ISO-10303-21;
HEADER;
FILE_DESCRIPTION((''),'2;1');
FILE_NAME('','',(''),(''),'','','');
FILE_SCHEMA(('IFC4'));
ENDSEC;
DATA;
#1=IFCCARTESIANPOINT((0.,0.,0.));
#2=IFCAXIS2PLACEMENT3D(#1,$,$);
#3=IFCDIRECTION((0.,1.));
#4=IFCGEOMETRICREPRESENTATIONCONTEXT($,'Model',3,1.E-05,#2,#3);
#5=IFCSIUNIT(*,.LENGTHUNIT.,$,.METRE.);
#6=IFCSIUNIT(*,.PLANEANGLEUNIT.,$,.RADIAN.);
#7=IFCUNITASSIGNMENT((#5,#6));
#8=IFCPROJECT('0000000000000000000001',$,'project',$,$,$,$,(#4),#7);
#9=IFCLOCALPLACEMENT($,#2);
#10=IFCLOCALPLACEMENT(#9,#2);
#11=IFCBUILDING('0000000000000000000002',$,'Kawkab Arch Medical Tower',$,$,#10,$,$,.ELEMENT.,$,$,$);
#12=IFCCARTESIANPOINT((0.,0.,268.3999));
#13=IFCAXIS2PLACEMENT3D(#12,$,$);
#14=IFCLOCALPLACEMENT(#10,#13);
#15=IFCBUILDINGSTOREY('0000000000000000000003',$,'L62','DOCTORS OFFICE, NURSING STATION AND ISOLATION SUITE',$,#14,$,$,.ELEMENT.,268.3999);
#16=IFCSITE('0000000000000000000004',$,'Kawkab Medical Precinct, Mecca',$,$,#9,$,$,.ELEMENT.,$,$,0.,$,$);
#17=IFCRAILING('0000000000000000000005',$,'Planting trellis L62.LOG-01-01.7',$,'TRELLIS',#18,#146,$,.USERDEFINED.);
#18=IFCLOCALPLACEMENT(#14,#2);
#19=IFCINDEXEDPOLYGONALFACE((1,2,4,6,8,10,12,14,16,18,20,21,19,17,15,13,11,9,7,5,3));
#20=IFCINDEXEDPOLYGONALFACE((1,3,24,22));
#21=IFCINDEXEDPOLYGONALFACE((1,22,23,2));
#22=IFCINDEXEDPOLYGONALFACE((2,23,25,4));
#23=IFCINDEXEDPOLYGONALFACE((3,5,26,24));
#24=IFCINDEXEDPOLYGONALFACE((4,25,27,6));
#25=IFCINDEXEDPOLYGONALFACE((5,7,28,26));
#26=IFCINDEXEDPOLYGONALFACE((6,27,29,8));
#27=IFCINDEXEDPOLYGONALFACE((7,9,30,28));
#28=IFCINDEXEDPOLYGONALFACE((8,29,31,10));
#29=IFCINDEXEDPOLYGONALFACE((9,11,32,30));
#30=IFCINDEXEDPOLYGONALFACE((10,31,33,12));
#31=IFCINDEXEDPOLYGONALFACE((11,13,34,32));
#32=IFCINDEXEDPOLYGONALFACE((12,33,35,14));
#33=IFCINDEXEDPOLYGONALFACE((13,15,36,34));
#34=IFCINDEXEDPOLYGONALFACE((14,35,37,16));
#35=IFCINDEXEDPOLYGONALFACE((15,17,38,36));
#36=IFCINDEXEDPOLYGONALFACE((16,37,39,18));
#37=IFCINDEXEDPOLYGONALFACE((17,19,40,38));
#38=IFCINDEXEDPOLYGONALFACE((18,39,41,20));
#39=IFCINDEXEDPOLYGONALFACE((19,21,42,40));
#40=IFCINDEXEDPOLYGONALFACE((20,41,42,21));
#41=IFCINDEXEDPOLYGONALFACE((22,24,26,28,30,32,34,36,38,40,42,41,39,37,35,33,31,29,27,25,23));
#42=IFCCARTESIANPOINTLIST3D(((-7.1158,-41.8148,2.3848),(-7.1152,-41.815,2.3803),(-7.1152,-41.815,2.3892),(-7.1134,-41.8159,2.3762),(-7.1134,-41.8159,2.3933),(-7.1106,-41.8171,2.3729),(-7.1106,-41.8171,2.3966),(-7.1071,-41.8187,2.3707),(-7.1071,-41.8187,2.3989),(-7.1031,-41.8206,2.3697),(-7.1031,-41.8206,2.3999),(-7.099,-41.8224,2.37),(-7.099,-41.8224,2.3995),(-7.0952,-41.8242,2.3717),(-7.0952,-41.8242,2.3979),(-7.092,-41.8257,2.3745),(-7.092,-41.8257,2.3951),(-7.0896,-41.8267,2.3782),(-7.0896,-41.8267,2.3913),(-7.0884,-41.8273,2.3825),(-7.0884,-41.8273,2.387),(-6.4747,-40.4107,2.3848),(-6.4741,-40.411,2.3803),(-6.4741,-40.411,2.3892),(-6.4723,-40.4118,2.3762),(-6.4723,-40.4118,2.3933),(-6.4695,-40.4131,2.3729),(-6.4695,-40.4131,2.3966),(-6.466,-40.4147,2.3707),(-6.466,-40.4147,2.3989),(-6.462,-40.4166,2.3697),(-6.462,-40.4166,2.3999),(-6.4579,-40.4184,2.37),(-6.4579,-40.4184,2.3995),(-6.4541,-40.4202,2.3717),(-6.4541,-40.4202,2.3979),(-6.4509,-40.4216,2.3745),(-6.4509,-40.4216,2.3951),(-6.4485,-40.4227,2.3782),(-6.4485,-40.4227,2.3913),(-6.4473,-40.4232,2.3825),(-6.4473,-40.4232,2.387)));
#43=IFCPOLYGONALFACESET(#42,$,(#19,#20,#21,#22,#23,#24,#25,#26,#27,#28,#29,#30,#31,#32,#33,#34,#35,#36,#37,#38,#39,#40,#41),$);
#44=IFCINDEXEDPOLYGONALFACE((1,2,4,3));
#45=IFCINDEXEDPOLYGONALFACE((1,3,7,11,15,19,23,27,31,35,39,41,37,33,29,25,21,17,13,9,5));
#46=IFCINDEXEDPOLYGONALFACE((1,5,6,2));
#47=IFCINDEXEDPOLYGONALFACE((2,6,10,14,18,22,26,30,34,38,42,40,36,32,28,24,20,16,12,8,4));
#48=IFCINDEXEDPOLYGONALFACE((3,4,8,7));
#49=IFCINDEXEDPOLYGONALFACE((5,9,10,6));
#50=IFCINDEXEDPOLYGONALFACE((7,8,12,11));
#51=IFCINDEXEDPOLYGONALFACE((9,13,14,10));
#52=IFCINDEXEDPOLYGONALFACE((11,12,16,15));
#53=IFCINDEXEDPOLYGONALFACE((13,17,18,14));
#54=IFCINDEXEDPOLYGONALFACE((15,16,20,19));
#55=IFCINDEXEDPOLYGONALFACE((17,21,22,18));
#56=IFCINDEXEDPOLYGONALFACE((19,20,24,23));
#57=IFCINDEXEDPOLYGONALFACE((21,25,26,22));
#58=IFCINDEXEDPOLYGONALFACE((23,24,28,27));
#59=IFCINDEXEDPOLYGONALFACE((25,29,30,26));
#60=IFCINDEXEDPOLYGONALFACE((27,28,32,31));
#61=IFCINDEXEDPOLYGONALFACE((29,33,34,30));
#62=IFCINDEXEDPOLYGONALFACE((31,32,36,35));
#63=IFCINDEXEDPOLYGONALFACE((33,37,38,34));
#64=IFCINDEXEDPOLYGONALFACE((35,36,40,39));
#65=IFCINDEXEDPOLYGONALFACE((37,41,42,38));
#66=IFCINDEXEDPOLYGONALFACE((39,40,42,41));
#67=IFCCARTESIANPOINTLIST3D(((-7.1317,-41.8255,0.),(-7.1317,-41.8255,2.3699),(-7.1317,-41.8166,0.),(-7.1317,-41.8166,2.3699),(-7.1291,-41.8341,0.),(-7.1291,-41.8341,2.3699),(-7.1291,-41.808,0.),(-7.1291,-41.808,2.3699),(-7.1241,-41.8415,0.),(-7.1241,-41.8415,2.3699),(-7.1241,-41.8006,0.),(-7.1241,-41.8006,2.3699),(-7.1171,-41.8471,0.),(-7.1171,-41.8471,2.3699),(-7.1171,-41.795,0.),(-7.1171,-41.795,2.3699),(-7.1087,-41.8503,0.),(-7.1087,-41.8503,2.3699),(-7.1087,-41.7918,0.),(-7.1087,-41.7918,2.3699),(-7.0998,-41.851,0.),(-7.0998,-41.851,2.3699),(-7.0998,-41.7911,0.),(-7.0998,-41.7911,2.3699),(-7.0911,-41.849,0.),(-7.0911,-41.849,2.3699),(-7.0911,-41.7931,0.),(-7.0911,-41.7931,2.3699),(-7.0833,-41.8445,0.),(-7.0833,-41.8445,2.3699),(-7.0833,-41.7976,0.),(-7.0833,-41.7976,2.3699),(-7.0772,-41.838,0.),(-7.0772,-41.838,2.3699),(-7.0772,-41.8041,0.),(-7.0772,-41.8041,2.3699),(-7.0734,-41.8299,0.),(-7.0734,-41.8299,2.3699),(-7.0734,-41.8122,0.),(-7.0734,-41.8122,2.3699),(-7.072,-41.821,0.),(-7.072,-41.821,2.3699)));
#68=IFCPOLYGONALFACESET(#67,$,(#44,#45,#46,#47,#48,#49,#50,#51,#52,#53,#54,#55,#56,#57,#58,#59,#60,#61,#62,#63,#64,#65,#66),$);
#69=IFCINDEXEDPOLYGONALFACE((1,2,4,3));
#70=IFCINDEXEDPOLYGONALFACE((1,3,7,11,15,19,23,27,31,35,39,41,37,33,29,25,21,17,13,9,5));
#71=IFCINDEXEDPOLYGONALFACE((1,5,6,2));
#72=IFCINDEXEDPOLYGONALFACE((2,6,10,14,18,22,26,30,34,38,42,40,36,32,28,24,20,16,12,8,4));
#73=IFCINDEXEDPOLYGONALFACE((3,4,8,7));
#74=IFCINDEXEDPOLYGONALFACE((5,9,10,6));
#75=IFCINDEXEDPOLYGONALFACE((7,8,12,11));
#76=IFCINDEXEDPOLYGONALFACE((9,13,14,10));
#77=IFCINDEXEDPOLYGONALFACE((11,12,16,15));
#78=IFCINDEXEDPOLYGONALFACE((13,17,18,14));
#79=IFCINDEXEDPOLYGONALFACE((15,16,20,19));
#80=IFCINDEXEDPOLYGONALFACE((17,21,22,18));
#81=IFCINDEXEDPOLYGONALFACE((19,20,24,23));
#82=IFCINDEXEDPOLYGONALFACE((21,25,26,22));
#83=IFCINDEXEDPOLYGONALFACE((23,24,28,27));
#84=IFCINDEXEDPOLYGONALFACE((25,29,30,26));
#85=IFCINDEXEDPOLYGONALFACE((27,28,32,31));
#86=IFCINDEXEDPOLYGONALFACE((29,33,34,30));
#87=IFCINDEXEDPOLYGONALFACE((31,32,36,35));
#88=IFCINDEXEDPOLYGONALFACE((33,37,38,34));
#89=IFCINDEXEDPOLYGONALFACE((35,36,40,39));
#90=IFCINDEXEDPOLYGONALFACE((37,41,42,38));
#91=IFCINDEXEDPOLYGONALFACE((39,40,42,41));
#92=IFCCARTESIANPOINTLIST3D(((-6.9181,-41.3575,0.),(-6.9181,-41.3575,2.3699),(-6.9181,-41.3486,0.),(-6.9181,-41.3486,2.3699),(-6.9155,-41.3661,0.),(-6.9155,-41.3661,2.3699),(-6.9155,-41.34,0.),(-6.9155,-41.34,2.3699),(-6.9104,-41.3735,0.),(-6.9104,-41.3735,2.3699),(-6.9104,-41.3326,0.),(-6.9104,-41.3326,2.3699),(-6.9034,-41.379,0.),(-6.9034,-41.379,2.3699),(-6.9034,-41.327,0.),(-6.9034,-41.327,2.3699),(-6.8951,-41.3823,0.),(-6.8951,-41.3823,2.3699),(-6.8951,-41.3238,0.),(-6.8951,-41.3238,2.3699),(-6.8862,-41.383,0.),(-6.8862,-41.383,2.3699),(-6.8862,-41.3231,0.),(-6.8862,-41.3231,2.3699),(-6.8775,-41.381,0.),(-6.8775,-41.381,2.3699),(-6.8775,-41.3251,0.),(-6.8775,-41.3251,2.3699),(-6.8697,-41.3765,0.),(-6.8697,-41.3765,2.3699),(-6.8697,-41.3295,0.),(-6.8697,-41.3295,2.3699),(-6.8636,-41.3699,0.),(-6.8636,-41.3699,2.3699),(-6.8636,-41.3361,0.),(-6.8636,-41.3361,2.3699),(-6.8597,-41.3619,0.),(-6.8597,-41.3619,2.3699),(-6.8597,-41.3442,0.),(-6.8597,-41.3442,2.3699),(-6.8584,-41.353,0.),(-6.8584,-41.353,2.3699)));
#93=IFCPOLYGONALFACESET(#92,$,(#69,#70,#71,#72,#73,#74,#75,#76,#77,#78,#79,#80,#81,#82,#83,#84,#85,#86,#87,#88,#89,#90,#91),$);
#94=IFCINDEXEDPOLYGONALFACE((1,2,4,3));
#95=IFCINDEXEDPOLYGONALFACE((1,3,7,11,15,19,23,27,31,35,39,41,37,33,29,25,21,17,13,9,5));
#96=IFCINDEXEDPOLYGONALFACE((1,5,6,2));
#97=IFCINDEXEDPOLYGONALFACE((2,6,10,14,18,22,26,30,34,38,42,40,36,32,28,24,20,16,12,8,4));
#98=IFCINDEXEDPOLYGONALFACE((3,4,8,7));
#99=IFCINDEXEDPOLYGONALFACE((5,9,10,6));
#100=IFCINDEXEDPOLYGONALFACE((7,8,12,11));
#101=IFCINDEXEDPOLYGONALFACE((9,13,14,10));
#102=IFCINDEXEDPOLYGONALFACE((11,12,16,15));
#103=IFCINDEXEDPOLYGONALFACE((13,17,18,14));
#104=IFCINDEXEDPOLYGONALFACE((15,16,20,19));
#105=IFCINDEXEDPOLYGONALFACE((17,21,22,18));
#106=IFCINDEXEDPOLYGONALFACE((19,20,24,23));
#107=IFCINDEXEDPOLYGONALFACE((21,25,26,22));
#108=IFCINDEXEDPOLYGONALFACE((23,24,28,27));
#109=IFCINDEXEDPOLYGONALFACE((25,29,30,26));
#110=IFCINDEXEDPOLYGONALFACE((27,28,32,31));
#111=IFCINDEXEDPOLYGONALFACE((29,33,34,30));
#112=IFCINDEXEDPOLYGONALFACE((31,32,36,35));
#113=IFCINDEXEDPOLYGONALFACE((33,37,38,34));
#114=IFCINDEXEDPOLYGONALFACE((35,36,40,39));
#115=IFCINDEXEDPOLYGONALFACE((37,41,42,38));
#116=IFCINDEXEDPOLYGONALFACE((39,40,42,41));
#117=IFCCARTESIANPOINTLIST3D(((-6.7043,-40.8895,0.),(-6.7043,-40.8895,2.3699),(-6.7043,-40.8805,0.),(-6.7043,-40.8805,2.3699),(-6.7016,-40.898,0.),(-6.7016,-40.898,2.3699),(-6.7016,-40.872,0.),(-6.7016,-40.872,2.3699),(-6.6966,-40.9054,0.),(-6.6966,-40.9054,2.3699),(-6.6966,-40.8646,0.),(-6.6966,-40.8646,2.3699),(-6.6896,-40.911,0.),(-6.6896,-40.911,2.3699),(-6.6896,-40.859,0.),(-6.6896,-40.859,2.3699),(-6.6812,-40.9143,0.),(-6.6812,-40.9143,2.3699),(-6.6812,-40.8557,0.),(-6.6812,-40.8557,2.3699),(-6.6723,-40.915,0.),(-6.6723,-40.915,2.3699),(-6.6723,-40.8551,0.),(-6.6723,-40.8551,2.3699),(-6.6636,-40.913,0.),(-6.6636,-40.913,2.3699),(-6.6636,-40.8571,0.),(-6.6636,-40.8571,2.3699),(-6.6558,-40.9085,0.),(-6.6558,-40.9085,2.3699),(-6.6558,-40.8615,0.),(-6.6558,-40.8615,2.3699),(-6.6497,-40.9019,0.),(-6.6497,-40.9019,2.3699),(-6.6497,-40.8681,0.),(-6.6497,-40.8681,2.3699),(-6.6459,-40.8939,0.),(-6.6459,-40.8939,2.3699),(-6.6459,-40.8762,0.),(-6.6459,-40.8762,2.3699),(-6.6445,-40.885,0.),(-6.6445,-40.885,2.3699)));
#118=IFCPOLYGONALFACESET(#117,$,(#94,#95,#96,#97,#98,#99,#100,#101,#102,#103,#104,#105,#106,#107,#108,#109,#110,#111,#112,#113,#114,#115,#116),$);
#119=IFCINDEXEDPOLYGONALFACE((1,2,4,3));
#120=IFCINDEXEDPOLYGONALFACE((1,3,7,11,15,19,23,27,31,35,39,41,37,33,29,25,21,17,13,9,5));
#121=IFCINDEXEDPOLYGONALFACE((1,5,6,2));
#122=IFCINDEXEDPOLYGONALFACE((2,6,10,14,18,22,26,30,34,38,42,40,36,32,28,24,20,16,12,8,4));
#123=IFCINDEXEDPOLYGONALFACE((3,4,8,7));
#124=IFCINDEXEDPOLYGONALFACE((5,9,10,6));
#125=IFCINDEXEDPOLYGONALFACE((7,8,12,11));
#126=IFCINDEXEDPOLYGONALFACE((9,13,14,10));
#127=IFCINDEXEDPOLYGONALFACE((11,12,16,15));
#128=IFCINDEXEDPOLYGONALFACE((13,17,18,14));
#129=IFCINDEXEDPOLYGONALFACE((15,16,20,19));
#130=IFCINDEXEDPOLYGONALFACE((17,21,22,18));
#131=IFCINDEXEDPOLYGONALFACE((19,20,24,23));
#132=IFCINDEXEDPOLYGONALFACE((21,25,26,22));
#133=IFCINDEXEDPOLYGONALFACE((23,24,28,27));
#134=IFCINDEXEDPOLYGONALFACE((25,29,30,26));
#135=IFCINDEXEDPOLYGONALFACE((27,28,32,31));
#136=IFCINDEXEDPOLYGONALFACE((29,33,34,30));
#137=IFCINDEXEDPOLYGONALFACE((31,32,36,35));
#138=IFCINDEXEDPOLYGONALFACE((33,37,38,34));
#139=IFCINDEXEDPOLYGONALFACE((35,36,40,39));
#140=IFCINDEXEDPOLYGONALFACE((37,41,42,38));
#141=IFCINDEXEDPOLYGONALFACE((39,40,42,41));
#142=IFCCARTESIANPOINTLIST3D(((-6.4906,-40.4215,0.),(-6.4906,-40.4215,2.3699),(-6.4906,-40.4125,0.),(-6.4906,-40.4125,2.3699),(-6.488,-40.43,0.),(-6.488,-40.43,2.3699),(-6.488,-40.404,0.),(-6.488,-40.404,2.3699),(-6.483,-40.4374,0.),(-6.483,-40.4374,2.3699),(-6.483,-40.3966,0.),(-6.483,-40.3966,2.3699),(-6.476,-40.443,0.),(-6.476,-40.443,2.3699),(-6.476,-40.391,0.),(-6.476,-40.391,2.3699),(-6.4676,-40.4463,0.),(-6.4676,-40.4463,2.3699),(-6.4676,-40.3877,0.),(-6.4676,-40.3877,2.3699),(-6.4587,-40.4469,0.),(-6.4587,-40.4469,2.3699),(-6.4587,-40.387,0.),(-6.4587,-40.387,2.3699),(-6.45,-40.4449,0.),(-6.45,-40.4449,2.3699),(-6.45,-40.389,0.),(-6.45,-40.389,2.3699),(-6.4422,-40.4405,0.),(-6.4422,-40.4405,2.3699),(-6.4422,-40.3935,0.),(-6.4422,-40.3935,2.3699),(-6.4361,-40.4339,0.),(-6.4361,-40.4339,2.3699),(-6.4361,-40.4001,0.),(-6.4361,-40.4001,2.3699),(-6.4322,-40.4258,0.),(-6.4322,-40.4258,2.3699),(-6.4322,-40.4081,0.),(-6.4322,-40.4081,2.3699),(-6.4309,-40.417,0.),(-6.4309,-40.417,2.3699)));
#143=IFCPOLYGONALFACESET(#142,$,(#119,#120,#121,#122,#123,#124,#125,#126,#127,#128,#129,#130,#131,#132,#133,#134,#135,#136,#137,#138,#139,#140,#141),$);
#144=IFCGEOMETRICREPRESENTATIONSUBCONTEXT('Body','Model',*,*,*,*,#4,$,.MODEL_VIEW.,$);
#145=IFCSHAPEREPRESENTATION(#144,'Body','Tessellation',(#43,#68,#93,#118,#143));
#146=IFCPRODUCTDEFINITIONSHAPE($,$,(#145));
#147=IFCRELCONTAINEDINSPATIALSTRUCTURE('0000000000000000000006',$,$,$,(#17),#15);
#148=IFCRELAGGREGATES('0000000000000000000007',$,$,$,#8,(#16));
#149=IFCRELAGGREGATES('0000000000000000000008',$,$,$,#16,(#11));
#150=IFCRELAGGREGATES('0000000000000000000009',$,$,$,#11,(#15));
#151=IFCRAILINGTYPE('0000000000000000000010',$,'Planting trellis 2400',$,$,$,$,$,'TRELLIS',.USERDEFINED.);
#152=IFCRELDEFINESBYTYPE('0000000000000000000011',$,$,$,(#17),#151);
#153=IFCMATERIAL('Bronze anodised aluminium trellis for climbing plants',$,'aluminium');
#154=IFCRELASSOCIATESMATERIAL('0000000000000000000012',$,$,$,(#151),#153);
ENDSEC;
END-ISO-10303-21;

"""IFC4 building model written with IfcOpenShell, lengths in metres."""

from ifc_helpers import new_model, si_unit, direction, frame, origin, origin_2d, place, context, subcontext, project, spatial, circle, extrude, material, type_object, element, save


model = new_model("IFC4")

# Units and contexts
model_context = context("Model", 3, precision=1e-05, world=origin(), true_north=direction((0.0, 1.0)))
body_context = subcontext(model_context, "Body", "Model", "MODEL_VIEW")
ifc_project = project(units=[si_unit("LENGTHUNIT", "METRE"), si_unit("PLANEANGLEUNIT", "RADIAN")], contexts=[model_context])

# Site, building, storey
site_placement = place(None, origin())
site = spatial("IfcSite", under=ifc_project, at=site_placement, Name="Kawkab Medical Precinct, Mecca", CompositionType="ELEMENT", RefElevation=0.0)
building_placement = place(site_placement, origin())
building = spatial("IfcBuilding", under=site, at=building_placement, Name="Kawkab Arch Medical Tower", CompositionType="ELEMENT")
storey_placement = place(building_placement, frame((0.0, 0.0, 268.3999)))
storey = spatial("IfcBuildingStorey", under=building, at=storey_placement, Name="L62", Description="DOCTORS OFFICE, NURSING STATION AND ISOLATION SUITE", CompositionType="ELEMENT", Elevation=268.3999)

# Railing
ifc_material_1 = material(Name="Bronze anodised aluminium trellis for climbing plants", Category="aluminium")
railing_type_1 = type_object("IfcRailingType", Name="Planting trellis 2400", ElementType="TRELLIS", PredefinedType="USERDEFINED", material=ifc_material_1)
railing_1_placement = place(storey_placement, frame((-7.1021, -41.821, 0.0)))
element("IfcRailing", 1, at=railing_1_placement, inside=storey, type_object=railing_type_1, Name="Planting trellis L62.LOG-01-01.7", ObjectType="TRELLIS", PredefinedType="USERDEFINED", context=body_context, shape_type="SweptSolid", body=[
    extrude(circle(Radius=0.0151, at=origin_2d()), frame((0.0, 0.0, 2.3848), z_axis=(0.415363, 0.909656, 0.0), x_axis=(-0.909656, 0.415363, 0.0)), (0.0, 0.0, 1.0), 1.5435),
    extrude(circle(Radius=0.03, at=origin_2d()), origin(), (0.0, 0.0, 1.0), 2.3699),
    extrude(circle(Radius=0.03, at=origin_2d()), frame((0.2136, 0.468, 0.0)), (0.0, 0.0, 1.0), 2.3699),
    extrude(circle(Radius=0.03, at=origin_2d()), frame((0.4275, 0.936, 0.0)), (0.0, 0.0, 1.0), 2.3699),
    extrude(circle(Radius=0.03, at=origin_2d()), frame((0.6411, 1.4041, 0.0)), (0.0, 0.0, 1.0), 2.3699),
])

save(model, "model.ifc")
